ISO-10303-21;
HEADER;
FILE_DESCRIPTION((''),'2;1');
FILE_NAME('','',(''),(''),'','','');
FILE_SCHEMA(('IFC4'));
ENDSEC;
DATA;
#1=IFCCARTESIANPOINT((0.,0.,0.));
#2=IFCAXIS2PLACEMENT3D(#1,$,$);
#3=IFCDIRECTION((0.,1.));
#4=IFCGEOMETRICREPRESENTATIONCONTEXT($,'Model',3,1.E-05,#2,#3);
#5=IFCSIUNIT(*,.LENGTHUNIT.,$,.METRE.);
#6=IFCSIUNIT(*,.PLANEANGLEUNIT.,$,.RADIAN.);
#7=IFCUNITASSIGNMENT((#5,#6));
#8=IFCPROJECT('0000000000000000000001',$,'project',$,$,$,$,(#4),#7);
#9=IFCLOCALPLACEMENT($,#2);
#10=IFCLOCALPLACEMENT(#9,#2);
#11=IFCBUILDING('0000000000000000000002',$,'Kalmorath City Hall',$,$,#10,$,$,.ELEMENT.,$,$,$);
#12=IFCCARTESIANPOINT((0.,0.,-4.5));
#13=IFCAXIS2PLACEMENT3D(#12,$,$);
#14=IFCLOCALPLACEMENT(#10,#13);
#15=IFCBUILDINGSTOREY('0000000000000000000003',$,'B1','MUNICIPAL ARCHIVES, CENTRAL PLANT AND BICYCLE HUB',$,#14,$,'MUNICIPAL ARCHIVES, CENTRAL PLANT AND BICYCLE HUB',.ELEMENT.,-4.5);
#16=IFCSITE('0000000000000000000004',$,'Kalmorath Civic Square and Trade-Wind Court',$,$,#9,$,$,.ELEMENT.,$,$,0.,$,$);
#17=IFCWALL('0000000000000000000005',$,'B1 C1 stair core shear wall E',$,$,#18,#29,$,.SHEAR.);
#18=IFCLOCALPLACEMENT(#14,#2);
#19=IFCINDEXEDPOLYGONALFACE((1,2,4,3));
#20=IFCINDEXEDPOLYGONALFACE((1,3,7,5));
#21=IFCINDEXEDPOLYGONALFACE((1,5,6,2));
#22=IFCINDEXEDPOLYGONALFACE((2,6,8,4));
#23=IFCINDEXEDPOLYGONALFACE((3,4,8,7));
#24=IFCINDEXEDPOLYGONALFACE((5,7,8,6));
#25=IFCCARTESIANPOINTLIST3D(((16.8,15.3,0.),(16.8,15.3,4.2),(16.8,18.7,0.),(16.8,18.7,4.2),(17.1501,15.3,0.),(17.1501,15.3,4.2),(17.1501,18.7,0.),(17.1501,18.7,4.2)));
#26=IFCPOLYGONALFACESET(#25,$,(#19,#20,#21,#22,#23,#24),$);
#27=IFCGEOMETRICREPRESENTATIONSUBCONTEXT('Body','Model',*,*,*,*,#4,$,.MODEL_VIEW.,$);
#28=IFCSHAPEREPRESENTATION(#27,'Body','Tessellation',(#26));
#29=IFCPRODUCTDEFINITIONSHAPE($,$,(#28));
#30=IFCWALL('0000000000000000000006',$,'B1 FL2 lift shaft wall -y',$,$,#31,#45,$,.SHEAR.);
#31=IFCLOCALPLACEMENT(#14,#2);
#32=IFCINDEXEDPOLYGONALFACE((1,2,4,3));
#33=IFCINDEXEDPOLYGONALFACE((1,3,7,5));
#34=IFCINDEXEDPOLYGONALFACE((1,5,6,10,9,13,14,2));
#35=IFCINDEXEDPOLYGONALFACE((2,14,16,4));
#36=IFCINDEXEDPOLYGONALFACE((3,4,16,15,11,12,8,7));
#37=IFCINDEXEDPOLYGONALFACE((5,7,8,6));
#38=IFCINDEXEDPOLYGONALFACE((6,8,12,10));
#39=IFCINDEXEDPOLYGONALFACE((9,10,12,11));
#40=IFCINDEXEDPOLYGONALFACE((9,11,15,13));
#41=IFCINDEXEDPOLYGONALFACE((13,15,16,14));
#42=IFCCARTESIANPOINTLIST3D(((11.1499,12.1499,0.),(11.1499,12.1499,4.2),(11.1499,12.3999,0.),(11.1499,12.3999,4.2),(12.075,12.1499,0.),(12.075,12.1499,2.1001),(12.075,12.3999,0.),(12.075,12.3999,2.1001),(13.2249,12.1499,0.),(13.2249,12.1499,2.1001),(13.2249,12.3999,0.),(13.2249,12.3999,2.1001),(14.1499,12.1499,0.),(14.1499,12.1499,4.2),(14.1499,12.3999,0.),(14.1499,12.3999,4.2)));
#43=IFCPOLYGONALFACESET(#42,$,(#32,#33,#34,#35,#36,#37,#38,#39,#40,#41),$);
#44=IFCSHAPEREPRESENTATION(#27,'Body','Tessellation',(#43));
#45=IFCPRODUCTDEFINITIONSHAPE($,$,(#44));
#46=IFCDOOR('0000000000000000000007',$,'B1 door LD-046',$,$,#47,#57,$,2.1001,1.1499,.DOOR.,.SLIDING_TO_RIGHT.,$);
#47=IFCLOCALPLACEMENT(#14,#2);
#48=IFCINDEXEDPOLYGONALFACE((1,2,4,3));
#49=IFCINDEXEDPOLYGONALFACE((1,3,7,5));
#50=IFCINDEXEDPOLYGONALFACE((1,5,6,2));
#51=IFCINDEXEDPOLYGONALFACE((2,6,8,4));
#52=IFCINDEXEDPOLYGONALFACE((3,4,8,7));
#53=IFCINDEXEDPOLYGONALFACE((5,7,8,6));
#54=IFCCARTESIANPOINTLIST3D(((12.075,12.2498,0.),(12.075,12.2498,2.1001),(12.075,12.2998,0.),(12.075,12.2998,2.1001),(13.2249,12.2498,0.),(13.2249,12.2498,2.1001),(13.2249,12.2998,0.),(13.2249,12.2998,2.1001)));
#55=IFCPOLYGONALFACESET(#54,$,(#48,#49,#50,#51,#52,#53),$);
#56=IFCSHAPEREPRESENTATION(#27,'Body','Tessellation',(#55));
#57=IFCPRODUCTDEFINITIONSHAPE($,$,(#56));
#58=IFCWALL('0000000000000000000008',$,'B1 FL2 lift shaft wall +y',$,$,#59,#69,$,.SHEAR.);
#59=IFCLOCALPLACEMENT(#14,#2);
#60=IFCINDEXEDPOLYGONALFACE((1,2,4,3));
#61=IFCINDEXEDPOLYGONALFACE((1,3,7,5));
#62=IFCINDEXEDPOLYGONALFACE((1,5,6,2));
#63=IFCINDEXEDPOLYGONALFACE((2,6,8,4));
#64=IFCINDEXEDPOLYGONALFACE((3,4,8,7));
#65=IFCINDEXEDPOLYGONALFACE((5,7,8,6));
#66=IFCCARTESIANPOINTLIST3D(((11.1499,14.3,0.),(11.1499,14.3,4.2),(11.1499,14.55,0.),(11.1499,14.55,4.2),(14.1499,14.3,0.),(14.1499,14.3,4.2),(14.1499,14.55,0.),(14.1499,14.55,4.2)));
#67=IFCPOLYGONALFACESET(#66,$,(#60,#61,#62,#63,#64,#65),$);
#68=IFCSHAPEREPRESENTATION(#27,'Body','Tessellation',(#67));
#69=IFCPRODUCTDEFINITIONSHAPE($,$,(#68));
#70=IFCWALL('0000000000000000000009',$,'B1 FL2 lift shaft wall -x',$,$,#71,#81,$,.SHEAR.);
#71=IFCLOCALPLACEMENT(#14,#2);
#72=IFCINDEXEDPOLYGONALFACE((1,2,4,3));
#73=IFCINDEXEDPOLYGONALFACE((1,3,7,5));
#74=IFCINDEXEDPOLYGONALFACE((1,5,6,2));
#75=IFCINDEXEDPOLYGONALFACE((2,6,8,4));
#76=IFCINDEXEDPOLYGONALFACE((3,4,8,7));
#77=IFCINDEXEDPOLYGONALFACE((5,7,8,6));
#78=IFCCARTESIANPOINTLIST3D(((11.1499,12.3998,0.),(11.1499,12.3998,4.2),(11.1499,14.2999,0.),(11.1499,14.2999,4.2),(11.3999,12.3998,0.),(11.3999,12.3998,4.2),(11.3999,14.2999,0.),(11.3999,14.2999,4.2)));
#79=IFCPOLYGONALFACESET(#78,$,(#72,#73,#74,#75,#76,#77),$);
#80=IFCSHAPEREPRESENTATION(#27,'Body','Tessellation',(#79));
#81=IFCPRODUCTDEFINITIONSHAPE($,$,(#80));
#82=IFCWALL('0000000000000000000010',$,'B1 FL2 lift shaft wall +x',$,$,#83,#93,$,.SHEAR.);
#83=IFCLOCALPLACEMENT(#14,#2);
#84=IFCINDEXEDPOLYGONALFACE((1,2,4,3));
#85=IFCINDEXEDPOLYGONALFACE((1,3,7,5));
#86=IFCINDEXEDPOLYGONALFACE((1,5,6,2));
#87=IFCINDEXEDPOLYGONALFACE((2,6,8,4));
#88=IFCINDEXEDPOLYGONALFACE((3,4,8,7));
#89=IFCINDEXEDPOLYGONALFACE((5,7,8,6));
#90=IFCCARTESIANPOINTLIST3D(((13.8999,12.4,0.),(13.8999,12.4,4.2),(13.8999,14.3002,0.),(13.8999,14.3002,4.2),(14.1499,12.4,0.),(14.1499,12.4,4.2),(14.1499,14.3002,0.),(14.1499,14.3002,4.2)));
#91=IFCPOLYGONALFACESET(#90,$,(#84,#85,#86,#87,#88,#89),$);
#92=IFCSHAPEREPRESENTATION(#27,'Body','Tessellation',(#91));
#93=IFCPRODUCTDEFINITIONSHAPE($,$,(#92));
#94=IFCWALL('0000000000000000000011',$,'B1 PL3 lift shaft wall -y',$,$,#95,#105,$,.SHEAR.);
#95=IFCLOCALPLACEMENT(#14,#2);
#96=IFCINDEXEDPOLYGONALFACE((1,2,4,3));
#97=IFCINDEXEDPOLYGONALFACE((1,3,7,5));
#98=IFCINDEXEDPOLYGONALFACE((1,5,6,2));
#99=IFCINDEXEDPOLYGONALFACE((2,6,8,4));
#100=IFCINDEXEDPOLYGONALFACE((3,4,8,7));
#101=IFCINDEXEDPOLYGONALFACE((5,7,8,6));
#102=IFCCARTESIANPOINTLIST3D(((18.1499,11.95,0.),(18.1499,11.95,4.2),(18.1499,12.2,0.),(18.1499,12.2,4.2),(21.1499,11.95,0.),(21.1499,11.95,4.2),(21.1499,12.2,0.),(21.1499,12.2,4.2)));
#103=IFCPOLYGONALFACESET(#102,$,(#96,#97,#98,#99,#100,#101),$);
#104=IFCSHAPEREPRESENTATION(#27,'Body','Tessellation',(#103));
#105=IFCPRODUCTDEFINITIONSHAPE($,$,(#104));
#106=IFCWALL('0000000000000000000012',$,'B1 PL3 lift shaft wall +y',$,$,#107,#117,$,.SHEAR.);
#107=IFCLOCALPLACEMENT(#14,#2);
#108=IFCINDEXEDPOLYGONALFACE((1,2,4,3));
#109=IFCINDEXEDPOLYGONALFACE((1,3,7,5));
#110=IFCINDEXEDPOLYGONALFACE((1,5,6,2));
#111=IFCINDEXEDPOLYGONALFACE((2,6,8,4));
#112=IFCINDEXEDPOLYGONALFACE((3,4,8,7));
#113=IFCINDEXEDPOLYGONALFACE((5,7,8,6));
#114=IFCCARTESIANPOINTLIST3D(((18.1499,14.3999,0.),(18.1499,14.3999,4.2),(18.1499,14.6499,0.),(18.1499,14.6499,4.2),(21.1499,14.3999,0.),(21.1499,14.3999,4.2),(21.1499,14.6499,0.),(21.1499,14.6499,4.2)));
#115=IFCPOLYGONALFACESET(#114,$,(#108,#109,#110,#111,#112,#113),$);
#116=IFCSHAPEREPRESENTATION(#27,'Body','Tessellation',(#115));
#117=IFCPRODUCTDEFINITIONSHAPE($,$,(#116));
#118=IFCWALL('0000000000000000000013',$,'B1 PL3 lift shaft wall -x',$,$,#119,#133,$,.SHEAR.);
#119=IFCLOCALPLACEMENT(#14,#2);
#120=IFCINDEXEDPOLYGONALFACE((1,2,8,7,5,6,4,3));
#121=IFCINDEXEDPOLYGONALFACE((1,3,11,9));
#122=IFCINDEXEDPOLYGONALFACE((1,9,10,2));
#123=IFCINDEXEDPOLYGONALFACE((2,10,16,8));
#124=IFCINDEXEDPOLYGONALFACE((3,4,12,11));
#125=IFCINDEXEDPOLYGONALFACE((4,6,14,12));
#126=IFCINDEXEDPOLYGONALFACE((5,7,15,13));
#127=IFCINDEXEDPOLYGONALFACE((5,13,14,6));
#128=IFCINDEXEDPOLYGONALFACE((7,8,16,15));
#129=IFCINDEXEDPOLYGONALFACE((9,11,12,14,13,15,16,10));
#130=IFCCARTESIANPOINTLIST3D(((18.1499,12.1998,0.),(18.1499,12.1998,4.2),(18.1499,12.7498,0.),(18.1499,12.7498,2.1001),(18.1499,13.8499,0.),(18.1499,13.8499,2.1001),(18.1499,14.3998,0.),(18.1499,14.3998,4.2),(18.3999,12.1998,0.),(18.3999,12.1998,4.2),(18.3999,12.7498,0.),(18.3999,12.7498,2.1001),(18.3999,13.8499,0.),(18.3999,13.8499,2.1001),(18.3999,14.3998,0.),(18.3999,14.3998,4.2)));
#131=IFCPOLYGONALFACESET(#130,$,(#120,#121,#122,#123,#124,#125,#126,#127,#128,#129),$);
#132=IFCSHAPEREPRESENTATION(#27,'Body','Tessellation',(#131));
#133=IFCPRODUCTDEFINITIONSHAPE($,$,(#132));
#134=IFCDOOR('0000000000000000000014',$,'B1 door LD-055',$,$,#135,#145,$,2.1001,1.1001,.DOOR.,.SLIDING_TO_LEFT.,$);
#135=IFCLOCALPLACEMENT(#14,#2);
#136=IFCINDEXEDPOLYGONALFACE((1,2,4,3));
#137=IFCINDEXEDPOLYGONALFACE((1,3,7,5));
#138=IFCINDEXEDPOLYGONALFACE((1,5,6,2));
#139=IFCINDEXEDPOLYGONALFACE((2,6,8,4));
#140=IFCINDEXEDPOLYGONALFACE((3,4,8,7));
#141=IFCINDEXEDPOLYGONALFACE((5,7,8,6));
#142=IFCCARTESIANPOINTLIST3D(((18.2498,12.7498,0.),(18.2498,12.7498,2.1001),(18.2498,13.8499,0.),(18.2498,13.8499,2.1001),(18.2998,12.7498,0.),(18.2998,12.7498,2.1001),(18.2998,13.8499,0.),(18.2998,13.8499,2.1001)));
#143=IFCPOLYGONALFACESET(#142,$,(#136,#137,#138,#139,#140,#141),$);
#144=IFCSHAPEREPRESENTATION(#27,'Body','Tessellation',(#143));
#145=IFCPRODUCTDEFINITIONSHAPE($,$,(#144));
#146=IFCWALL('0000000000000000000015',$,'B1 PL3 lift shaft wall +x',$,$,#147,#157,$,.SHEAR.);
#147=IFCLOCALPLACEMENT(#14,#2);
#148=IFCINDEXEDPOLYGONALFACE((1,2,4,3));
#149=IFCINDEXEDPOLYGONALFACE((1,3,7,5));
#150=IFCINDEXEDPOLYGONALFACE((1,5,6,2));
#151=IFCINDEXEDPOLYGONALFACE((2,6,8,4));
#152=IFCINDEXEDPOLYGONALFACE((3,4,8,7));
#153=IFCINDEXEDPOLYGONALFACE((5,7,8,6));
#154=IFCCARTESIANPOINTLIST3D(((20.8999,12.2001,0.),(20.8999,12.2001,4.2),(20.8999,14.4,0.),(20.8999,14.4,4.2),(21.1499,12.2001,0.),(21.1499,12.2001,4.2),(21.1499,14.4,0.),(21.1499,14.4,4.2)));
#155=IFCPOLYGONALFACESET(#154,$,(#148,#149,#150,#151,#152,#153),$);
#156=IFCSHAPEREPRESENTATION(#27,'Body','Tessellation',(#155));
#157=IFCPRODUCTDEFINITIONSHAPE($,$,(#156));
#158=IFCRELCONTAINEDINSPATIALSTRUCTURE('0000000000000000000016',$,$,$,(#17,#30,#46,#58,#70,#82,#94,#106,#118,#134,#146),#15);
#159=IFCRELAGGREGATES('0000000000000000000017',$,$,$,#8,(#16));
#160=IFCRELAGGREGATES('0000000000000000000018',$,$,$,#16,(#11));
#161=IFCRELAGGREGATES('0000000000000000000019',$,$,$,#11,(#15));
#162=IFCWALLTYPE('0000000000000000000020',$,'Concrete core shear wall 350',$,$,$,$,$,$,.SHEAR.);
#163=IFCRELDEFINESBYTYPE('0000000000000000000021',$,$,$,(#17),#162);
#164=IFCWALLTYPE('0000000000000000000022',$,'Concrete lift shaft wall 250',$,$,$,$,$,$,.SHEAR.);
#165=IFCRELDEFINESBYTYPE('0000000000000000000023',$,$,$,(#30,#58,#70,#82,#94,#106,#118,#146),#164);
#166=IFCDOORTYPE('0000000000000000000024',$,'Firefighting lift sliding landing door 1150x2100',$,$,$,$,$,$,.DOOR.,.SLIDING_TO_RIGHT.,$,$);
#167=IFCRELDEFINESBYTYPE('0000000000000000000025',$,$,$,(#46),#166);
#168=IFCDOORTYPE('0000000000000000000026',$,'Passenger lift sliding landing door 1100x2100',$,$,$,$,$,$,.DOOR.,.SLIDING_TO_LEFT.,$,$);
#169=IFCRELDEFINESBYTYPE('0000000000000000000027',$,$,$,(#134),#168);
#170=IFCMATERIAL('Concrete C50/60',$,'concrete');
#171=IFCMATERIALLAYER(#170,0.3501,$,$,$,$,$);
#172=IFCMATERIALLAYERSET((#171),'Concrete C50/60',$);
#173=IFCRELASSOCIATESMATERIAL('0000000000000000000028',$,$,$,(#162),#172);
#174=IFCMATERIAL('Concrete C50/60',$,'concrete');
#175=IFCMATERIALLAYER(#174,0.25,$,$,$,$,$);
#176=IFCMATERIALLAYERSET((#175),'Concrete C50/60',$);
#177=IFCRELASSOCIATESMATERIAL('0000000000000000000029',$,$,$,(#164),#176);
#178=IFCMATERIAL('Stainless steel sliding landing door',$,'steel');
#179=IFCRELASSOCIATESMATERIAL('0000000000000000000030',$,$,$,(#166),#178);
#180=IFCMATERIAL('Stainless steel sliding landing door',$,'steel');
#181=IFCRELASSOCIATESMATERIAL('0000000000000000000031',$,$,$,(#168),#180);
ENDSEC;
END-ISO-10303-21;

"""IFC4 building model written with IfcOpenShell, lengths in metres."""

from ifc_helpers import new_model, si_unit, direction, frame, frame_2d, origin, place, context, subcontext, project, spatial, rectangle, extrude, material, layer, layer_set, type_object, element, fill, save


model = new_model("IFC4")

# Units and contexts
model_context = context("Model", 3, precision=1e-05, world=origin(), true_north=direction((0.0, 1.0)))
body_context = subcontext(model_context, "Body", "Model", "MODEL_VIEW")
ifc_project = project(units=[si_unit("LENGTHUNIT", "METRE"), si_unit("PLANEANGLEUNIT", "RADIAN")], contexts=[model_context])

# Site, building, storey
site_placement = place(None, origin())
site = spatial("IfcSite", under=ifc_project, at=site_placement, Name="Kalmorath Civic Square and Trade-Wind Court", CompositionType="ELEMENT", RefElevation=0.0)
building_placement = place(site_placement, origin())
building = spatial("IfcBuilding", under=site, at=building_placement, Name="Kalmorath City Hall", CompositionType="ELEMENT")
storey_placement = place(building_placement, frame((0.0, 0.0, -4.5)))
storey = spatial("IfcBuildingStorey", under=building, at=storey_placement, Name="B1", Description="MUNICIPAL ARCHIVES, CENTRAL PLANT AND BICYCLE HUB", LongName="MUNICIPAL ARCHIVES, CENTRAL PLANT AND BICYCLE HUB", CompositionType="ELEMENT", Elevation=-4.5)

# Wall
ifc_material_1 = material(Name="Concrete C50/60", Category="concrete")
ifc_layer_1 = layer(ifc_material_1, 0.3501)
ifc_layer_set_1 = layer_set([ifc_layer_1], Name="Concrete C50/60")
wall_type_1 = type_object("IfcWallType", Name="Concrete core shear wall 350", PredefinedType="SHEAR", material=ifc_layer_set_1)
wall_1_placement = place(storey_placement, frame((16.9751, 15.3, 0.0), z_axis=(0.0, 0.0, 1.0), x_axis=(0.0, 1.0, 0.0)))
element("IfcWall", 1, at=wall_1_placement, inside=storey, type_object=wall_type_1, Name="B1 C1 stair core shear wall E", PredefinedType="SHEAR", context=body_context, shape_type="SweptSolid", body=[
    extrude(rectangle(XDim=3.3999, YDim=0.3501, at=frame_2d((1.7, 0.0))), origin(), (0.0, 0.0, 1.0), 4.2),
])

# Wall, opening, door
ifc_material_2 = material(Name="Concrete C50/60", Category="concrete")
ifc_layer_2 = layer(ifc_material_2, 0.25)
ifc_layer_set_2 = layer_set([ifc_layer_2], Name="Concrete C50/60")
wall_type_2 = type_object("IfcWallType", Name="Concrete lift shaft wall 250", PredefinedType="SHEAR", material=ifc_layer_set_2)
wall_2_placement = place(storey_placement, frame((11.1499, 12.2749, 0.0), z_axis=(0.0, 0.0, 1.0), x_axis=(1.0, 0.0, 0.0)))
wall_2 = element("IfcWall", 2, at=wall_2_placement, inside=storey, type_object=wall_type_2, Name="B1 FL2 lift shaft wall -y", PredefinedType="SHEAR", context=body_context, shape_type="SweptSolid", body=[
    extrude(rectangle(XDim=3.0, YDim=0.25, at=frame_2d((1.5, 0.0))), origin(), (0.0, 0.0, 1.0), 4.2),
])
opening_1_placement = place(wall_2_placement, frame((0.925, 0.0, 0.0)))
opening_1 = element("IfcOpeningElement", 3, at=opening_1_placement, cuts=wall_2, PredefinedType="OPENING", context=body_context, shape_type="SweptSolid", body=[
    extrude(rectangle(XDim=1.1499, YDim=2.1001, at=frame_2d((0.575, 1.05))), frame((0.0, 0.135, 0.0), z_axis=(0.0, -1.0, 0.0), x_axis=(1.0, 0.0, 0.0)), (0.0, 0.0, 1.0), 0.27),
])
ifc_material_3 = material(Name="Stainless steel sliding landing door", Category="steel")
door_type_1 = type_object("IfcDoorType", Name="Firefighting lift sliding landing door 1150x2100", OperationType="SLIDING_TO_RIGHT", PredefinedType="DOOR", material=ifc_material_3)
door_1_placement = place(opening_1_placement, origin())
door_1 = element("IfcDoor", 4, at=door_1_placement, inside=storey, type_object=door_type_1, Name="B1 door LD-046", OperationType="SLIDING_TO_RIGHT", OverallHeight=2.1001, OverallWidth=1.1499, PredefinedType="DOOR", context=body_context, shape_type="SweptSolid", body=[
    extrude(rectangle(XDim=1.1499, YDim=2.1001, at=frame_2d((0.575, 1.05))), frame((0.0, 0.0249, 0.0), z_axis=(0.0, -1.0, 0.0), x_axis=(1.0, 0.0, 0.0)), (0.0, 0.0, 1.0), 0.05),
])
fill(opening_1, door_1)

# Walls
wall_3_placement = place(storey_placement, frame((14.1499, 14.425, 0.0), z_axis=(0.0, 0.0, 1.0), x_axis=(-1.0, 0.0, 0.0)))
element("IfcWall", 5, at=wall_3_placement, inside=storey, type_object=wall_type_2, Name="B1 FL2 lift shaft wall +y", PredefinedType="SHEAR", context=body_context, shape_type="SweptSolid", body=[
    extrude(rectangle(XDim=3.0, YDim=0.25, at=frame_2d((1.5, 0.0))), origin(), (0.0, 0.0, 1.0), 4.2),
])
for number, where, z_axis, x_axis, name in (
    (6, (11.2749, 14.3, 0.0), (0.0, 0.0, 1.0), (0.0, -1.0, 0.0), "B1 FL2 lift shaft wall -x"),
    (7, (14.0249, 12.3999, 0.0), (0.0, 0.0, 1.0), (0.0, 1.0, 0.0), "B1 FL2 lift shaft wall +x"),
):
    element("IfcWall", number, at=place(storey_placement, frame(where, z_axis=z_axis, x_axis=x_axis)), inside=storey, type_object=wall_type_2, Name=name, PredefinedType="SHEAR", context=body_context, shape_type="SweptSolid", body=[
        extrude(rectangle(XDim=1.9001, YDim=0.25, at=frame_2d((0.9502, 0.0))), origin(), (0.0, 0.0, 1.0), 4.2),
    ])
for number, where, z_axis, x_axis, name in (
    (8, (18.1499, 12.075, 0.0), (0.0, 0.0, 1.0), (1.0, 0.0, 0.0), "B1 PL3 lift shaft wall -y"),
    (9, (21.1499, 14.5249, 0.0), (0.0, 0.0, 1.0), (-1.0, 0.0, 0.0), "B1 PL3 lift shaft wall +y"),
):
    element("IfcWall", number, at=place(storey_placement, frame(where, z_axis=z_axis, x_axis=x_axis)), inside=storey, type_object=wall_type_2, Name=name, PredefinedType="SHEAR", context=body_context, shape_type="SweptSolid", body=[
        extrude(rectangle(XDim=3.0, YDim=0.25, at=frame_2d((1.5, 0.0))), origin(), (0.0, 0.0, 1.0), 4.2),
    ])

# Wall, opening, door
wall_4_placement = place(storey_placement, frame((18.2749, 14.3999, 0.0), z_axis=(0.0, 0.0, 1.0), x_axis=(0.0, -1.0, 0.0)))
wall_4 = element("IfcWall", 10, at=wall_4_placement, inside=storey, type_object=wall_type_2, Name="B1 PL3 lift shaft wall -x", PredefinedType="SHEAR", context=body_context, shape_type="SweptSolid", body=[
    extrude(rectangle(XDim=2.2, YDim=0.25, at=frame_2d((1.1001, 0.0))), origin(), (0.0, 0.0, 1.0), 4.2),
])
opening_2_placement = place(wall_4_placement, frame((0.55, 0.0, 0.0)))
opening_2 = element("IfcOpeningElement", 11, at=opening_2_placement, cuts=wall_4, PredefinedType="OPENING", context=body_context, shape_type="SweptSolid", body=[
    extrude(rectangle(XDim=1.1001, YDim=2.1001, at=frame_2d((0.55, 1.05))), frame((0.0, 0.135, 0.0), z_axis=(0.0, -1.0, 0.0), x_axis=(1.0, 0.0, 0.0)), (0.0, 0.0, 1.0), 0.27),
])
ifc_material_4 = material(Name="Stainless steel sliding landing door", Category="steel")
door_type_2 = type_object("IfcDoorType", Name="Passenger lift sliding landing door 1100x2100", OperationType="SLIDING_TO_LEFT", PredefinedType="DOOR", material=ifc_material_4)
door_2_placement = place(opening_2_placement, origin())
door_2 = element("IfcDoor", 12, at=door_2_placement, inside=storey, type_object=door_type_2, Name="B1 door LD-055", OperationType="SLIDING_TO_LEFT", OverallHeight=2.1001, OverallWidth=1.1001, PredefinedType="DOOR", context=body_context, shape_type="SweptSolid", body=[
    extrude(rectangle(XDim=1.1001, YDim=2.1001, at=frame_2d((0.55, 1.05))), frame((0.0, 0.0249, 0.0), z_axis=(0.0, -1.0, 0.0), x_axis=(1.0, 0.0, 0.0)), (0.0, 0.0, 1.0), 0.05),
])
fill(opening_2, door_2)

# Wall
wall_5_placement = place(storey_placement, frame((21.0249, 12.2, 0.0), z_axis=(0.0, 0.0, 1.0), x_axis=(0.0, 1.0, 0.0)))
element("IfcWall", 13, at=wall_5_placement, inside=storey, type_object=wall_type_2, Name="B1 PL3 lift shaft wall +x", PredefinedType="SHEAR", context=body_context, shape_type="SweptSolid", body=[
    extrude(rectangle(XDim=2.2, YDim=0.25, at=frame_2d((1.1001, 0.0))), origin(), (0.0, 0.0, 1.0), 4.2),
])

save(model, "model.ifc")
